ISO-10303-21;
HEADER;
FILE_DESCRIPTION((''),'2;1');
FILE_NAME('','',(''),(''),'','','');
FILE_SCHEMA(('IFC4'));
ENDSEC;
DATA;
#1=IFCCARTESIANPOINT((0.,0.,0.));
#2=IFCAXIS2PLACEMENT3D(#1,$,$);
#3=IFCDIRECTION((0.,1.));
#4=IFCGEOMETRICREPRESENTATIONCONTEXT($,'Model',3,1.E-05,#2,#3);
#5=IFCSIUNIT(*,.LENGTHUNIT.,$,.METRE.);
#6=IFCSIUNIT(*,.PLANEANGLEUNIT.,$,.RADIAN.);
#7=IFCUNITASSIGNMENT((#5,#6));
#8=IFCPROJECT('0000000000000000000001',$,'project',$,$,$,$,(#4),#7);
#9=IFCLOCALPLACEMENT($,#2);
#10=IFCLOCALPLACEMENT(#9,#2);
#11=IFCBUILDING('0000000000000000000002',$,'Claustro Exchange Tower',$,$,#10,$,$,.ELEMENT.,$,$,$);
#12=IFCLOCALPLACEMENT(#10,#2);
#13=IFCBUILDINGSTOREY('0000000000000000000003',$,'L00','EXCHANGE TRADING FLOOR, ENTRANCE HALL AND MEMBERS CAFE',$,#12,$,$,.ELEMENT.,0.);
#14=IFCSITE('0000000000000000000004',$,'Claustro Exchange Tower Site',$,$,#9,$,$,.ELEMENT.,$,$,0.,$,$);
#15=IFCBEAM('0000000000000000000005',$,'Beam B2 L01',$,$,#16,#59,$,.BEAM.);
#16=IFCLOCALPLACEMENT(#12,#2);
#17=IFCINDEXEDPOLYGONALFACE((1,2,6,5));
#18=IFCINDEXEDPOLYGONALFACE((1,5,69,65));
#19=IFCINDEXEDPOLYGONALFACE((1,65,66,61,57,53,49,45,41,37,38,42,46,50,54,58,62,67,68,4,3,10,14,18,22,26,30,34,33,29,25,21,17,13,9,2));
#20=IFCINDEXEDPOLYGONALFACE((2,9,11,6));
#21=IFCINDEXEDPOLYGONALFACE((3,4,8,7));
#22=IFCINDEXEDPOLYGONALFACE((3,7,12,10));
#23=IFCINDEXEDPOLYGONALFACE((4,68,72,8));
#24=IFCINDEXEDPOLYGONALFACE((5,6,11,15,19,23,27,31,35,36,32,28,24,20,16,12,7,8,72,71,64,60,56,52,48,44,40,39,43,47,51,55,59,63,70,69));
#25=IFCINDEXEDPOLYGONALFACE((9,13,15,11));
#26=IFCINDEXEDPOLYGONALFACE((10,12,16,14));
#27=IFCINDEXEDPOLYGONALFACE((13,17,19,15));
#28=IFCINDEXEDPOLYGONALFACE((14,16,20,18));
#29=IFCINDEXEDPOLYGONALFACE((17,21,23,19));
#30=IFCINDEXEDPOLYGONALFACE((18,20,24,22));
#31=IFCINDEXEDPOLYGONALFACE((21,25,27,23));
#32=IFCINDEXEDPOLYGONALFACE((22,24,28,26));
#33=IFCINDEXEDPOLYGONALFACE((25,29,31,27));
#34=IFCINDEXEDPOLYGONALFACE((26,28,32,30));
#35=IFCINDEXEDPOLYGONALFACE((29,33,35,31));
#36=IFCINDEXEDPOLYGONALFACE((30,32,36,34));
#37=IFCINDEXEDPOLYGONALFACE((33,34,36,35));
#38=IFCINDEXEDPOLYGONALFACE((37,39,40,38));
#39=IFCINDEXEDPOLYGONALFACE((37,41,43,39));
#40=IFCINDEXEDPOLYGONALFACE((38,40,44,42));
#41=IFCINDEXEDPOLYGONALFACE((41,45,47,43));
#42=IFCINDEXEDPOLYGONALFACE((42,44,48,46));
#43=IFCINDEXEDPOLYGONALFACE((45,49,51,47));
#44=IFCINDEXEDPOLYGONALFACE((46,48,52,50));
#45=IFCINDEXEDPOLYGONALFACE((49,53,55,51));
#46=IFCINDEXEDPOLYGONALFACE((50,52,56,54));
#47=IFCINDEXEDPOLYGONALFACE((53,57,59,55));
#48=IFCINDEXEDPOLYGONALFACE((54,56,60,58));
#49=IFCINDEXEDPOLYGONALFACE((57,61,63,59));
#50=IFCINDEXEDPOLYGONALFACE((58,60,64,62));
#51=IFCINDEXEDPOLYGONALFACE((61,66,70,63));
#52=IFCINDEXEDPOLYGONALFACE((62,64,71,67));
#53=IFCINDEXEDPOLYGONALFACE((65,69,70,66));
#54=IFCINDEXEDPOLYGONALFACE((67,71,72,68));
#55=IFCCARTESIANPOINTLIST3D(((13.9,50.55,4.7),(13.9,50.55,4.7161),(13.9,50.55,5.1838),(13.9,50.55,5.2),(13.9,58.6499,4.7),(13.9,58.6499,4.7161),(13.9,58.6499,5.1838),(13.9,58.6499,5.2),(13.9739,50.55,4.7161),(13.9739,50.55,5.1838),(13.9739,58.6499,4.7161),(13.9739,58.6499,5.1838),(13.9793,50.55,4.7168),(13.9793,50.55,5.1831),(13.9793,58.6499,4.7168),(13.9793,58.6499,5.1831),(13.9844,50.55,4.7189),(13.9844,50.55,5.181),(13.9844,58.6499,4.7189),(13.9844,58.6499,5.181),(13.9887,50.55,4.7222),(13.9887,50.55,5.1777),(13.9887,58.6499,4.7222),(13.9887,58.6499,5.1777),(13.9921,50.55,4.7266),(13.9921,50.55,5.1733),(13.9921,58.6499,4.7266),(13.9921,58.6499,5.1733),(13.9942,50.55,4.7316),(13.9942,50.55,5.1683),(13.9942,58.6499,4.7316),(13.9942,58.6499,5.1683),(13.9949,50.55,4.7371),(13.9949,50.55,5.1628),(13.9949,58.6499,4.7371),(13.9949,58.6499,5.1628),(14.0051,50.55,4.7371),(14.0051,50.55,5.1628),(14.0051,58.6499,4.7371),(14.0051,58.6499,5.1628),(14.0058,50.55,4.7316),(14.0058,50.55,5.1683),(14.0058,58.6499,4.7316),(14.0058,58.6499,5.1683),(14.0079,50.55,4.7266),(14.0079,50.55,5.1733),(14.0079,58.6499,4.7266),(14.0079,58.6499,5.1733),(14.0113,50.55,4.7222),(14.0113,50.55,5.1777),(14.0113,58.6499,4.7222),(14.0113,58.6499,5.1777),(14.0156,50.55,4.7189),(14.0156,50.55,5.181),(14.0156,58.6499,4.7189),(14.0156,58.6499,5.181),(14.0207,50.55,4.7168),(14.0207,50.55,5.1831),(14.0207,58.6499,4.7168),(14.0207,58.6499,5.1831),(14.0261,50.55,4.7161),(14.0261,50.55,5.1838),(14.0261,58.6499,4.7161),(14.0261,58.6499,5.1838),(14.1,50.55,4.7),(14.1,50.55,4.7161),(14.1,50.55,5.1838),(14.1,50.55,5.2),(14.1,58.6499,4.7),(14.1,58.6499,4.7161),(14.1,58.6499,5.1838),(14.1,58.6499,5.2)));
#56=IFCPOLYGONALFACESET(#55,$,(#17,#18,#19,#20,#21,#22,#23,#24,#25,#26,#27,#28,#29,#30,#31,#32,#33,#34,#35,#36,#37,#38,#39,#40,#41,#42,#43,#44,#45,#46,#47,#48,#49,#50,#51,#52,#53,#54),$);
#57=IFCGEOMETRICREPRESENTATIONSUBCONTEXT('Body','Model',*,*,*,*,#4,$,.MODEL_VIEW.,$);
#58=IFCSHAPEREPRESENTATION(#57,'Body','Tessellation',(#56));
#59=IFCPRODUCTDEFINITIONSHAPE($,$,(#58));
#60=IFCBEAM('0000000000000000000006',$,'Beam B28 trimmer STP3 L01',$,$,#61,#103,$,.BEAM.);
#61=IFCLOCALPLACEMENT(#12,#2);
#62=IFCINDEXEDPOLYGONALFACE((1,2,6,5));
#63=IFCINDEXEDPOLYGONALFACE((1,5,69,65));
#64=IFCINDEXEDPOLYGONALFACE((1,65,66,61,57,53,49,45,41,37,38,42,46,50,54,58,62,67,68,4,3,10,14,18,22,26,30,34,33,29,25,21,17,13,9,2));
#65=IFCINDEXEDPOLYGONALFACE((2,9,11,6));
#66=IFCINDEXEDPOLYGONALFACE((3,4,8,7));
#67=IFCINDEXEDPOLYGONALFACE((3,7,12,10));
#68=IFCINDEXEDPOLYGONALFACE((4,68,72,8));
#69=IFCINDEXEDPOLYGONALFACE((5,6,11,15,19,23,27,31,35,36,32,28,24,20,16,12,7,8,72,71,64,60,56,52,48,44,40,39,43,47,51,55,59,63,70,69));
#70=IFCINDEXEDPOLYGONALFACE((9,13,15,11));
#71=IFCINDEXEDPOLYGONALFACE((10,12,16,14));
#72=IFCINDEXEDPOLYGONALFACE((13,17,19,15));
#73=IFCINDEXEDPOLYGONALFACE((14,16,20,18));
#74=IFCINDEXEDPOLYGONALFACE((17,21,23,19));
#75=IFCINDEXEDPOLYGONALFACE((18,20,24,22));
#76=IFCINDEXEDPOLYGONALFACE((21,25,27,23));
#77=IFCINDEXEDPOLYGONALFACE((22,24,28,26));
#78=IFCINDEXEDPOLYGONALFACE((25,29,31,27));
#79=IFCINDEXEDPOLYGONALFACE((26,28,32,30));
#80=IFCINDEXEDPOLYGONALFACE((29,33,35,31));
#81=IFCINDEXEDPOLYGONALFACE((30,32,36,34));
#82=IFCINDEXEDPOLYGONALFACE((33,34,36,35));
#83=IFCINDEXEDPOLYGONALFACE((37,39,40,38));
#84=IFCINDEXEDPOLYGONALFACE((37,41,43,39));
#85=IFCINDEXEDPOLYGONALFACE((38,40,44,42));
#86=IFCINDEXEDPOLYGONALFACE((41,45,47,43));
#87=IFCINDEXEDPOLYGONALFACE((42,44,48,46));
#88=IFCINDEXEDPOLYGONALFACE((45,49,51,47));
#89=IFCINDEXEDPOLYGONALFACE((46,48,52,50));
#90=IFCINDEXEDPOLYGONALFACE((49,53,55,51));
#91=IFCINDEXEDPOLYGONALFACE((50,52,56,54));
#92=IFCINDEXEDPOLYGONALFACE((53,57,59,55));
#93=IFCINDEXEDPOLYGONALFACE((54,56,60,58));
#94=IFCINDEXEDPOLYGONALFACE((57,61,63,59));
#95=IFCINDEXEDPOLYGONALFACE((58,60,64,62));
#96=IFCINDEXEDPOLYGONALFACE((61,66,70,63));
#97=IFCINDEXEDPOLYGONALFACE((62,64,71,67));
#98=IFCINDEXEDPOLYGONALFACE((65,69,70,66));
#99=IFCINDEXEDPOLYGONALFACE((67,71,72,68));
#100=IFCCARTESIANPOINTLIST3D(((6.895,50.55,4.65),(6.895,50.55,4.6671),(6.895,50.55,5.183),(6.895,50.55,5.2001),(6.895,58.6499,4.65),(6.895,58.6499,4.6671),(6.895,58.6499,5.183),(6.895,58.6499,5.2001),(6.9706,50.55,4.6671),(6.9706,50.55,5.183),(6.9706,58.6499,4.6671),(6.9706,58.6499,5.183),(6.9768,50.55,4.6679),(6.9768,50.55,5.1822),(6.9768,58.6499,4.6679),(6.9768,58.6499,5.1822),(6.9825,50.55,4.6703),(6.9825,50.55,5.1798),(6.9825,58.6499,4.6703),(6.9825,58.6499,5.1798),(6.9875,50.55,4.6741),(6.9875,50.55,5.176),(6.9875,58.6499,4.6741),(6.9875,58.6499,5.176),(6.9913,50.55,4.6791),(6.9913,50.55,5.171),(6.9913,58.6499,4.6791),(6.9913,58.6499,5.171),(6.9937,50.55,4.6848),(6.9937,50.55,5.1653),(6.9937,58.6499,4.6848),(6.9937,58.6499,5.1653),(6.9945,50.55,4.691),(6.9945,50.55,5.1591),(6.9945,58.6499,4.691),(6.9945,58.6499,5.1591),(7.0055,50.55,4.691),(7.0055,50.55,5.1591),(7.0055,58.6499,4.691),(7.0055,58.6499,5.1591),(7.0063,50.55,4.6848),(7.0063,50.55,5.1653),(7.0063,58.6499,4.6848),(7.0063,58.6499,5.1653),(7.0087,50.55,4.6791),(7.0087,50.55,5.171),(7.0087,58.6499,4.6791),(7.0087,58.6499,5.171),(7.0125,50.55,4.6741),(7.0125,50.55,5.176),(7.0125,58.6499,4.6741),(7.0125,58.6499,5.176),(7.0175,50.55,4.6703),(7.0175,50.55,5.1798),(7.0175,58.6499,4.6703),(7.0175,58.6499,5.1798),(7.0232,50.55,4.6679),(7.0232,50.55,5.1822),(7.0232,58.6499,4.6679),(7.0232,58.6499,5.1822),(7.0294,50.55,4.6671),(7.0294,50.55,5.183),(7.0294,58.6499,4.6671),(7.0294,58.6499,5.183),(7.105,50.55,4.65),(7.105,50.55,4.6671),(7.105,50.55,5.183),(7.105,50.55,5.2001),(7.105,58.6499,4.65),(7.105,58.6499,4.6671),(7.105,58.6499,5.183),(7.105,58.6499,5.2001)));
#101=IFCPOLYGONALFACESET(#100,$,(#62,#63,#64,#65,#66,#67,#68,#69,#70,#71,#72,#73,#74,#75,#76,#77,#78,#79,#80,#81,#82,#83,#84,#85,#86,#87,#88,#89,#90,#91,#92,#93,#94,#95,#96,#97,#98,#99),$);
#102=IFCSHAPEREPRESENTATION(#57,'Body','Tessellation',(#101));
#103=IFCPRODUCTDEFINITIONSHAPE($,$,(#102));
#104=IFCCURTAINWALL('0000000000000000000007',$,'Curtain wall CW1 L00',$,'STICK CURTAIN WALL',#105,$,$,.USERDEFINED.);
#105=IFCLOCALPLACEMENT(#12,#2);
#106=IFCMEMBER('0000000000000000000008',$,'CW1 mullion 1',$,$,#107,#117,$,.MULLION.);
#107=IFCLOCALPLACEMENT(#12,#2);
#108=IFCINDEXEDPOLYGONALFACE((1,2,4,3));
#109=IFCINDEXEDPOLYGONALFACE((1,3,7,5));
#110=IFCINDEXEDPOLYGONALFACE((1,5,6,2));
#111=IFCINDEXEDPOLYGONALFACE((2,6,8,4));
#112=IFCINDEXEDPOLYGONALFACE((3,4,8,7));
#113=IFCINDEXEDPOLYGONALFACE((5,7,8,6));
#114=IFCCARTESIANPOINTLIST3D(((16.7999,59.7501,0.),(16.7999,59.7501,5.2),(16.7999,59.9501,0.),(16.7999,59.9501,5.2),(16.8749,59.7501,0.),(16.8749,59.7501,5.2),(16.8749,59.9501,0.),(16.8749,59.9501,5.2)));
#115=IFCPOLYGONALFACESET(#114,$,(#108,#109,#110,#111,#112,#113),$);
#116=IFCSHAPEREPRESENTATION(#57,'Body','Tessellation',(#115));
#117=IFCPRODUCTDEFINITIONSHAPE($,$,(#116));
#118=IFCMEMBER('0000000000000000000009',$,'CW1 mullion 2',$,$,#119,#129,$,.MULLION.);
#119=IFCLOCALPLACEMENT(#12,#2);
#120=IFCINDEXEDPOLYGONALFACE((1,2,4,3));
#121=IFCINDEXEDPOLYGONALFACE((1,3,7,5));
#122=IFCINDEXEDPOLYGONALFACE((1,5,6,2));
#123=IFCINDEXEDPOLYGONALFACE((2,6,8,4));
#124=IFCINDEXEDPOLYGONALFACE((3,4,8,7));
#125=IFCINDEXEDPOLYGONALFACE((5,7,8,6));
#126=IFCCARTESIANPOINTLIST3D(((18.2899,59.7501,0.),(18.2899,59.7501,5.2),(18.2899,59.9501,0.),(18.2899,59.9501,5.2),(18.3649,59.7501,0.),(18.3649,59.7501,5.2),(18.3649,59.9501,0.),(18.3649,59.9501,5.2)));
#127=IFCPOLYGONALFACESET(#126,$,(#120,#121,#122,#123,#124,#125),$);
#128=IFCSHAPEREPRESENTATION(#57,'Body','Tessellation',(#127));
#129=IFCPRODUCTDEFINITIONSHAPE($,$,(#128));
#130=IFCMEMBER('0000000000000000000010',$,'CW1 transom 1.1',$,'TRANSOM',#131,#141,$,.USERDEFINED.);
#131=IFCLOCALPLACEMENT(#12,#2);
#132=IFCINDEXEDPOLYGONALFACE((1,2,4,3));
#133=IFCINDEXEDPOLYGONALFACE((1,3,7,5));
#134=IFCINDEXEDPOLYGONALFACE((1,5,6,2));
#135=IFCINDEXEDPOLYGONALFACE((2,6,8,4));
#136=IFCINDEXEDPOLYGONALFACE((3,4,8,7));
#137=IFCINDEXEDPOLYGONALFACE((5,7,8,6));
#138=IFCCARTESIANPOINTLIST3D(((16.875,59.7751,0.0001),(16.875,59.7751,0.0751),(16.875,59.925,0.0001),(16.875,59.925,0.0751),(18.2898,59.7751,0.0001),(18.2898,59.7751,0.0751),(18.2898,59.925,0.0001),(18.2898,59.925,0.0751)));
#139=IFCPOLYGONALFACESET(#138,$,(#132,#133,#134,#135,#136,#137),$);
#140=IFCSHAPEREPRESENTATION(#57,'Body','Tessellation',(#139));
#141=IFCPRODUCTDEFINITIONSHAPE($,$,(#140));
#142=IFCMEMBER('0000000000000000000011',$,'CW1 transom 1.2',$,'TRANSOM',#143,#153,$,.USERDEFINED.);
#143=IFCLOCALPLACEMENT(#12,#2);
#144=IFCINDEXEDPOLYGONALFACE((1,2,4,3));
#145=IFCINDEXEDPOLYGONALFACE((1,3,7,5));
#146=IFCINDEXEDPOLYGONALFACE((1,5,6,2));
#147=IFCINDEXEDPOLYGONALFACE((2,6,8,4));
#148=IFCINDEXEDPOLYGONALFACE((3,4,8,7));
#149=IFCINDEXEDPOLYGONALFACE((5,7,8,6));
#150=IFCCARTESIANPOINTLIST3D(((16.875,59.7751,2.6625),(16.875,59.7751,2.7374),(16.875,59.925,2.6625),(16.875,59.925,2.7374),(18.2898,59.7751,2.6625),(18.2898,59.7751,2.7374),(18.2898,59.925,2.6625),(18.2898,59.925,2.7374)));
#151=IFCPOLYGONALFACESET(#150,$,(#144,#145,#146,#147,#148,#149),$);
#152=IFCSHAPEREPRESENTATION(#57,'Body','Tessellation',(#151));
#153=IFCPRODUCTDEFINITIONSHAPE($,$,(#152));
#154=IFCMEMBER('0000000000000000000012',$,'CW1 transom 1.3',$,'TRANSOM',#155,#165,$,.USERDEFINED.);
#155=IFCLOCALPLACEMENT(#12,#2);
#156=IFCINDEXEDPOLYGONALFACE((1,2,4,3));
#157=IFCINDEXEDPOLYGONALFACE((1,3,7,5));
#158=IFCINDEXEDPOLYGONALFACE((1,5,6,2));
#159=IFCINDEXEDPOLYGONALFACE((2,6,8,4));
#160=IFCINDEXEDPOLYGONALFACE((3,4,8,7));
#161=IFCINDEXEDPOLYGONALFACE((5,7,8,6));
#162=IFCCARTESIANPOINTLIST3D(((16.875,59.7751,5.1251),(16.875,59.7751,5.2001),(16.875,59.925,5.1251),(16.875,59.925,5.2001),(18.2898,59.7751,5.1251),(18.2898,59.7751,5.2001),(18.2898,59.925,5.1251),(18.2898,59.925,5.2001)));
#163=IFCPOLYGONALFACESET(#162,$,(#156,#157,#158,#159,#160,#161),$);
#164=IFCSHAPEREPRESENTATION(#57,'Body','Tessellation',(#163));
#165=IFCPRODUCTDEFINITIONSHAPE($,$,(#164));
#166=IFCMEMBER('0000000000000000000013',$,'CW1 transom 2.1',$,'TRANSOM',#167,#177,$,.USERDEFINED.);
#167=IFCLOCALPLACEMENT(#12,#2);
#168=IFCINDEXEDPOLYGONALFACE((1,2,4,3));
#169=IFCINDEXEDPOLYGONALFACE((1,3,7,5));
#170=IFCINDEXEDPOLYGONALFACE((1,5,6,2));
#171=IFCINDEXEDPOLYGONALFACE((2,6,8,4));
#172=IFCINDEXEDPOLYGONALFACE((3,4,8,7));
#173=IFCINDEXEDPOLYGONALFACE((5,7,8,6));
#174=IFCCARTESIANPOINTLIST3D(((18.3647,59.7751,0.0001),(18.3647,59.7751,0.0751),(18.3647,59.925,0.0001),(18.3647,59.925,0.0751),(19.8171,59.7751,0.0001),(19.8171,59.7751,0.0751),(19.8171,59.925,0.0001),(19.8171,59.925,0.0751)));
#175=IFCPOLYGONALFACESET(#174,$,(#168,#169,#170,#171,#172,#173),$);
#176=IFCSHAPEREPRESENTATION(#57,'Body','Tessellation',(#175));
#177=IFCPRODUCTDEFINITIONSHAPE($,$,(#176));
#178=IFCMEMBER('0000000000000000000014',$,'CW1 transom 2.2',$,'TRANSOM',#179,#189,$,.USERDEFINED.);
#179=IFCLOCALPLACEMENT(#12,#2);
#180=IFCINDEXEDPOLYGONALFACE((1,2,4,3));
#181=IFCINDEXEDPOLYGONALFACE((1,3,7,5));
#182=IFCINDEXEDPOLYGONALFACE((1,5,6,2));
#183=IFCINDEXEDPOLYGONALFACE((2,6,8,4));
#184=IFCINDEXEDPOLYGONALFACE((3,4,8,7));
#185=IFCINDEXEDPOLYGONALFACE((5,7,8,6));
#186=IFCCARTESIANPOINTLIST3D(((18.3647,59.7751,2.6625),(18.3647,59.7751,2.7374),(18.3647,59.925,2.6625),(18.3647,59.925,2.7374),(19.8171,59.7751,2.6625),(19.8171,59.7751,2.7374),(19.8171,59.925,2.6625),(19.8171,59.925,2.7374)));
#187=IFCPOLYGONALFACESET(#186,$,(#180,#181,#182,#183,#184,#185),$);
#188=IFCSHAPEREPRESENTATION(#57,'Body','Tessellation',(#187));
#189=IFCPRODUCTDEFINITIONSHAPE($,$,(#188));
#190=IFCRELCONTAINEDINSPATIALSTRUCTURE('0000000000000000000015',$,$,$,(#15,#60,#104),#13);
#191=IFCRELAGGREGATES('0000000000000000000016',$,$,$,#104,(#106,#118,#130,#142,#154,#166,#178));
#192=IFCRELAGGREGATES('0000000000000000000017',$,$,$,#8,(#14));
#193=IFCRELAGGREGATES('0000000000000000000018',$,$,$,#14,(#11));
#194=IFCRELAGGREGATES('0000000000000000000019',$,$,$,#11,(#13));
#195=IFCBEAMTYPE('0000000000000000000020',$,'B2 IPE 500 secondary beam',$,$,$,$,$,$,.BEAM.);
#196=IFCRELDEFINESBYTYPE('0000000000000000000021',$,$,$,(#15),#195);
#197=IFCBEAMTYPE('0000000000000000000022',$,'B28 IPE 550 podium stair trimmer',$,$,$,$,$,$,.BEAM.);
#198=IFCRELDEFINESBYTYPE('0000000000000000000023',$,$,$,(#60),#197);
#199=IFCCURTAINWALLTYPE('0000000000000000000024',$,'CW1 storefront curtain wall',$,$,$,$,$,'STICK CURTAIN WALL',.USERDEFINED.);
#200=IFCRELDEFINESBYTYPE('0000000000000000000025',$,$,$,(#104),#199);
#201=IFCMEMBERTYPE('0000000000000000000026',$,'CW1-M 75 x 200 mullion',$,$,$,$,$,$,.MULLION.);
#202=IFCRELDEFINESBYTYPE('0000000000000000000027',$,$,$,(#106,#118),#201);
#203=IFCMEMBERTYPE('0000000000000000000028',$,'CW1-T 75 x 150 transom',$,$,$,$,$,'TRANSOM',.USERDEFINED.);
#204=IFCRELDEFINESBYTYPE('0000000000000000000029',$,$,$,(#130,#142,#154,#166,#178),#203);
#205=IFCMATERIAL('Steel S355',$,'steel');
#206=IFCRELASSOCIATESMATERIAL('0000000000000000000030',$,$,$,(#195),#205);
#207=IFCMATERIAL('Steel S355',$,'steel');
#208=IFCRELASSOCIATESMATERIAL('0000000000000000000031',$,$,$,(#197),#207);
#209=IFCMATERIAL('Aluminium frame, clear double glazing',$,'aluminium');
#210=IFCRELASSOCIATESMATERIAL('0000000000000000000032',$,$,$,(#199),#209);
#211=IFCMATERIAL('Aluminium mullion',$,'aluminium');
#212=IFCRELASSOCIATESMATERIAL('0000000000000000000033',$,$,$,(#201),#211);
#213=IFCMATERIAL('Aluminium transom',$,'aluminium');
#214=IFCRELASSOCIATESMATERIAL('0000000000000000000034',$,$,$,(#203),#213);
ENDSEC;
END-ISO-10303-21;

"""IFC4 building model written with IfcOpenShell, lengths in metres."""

from ifc_helpers import new_model, si_unit, direction, frame, origin, origin_2d, place, context, subcontext, project, spatial, rectangle, i_section, extrude, material, material_profile, profile_set, type_object, element, aggregate, save


model = new_model("IFC4")

# Units and contexts
model_context = context("Model", 3, precision=1e-05, world=origin(), true_north=direction((0.0, 1.0)))
body_context = subcontext(model_context, "Body", "Model", "MODEL_VIEW")
ifc_project = project(units=[si_unit("LENGTHUNIT", "METRE"), si_unit("PLANEANGLEUNIT", "RADIAN")], contexts=[model_context])

# Site, building, storey
site_placement = place(None, origin())
site = spatial("IfcSite", under=ifc_project, at=site_placement, Name="Claustro Exchange Tower Site", CompositionType="ELEMENT", RefElevation=0.0)
building_placement = place(site_placement, origin())
building = spatial("IfcBuilding", under=site, at=building_placement, Name="Claustro Exchange Tower", CompositionType="ELEMENT")
storey_placement = place(building_placement, origin())
storey = spatial("IfcBuildingStorey", under=building, at=storey_placement, Name="L00", Description="EXCHANGE TRADING FLOOR, ENTRANCE HALL AND MEMBERS CAFE", CompositionType="ELEMENT", Elevation=0.0)

# Beams
ifc_material_1 = material(Name="Steel S355", Category="steel")
ifc_material_profile_1 = material_profile(ifc_material_1, i_section(OverallWidth=0.2, OverallDepth=0.5, WebThickness=0.0103, FlangeThickness=0.0161, FilletRadius=0.021, at=origin_2d()), Name="IPE 500")
ifc_profile_set_1 = profile_set([ifc_material_profile_1], Name="Steel S355")
beam_type_1 = type_object("IfcBeamType", Name="B2 IPE 500 secondary beam", PredefinedType="BEAM", material=ifc_profile_set_1)
for number, where, z_axis, x_axis, name in (
    (1, (14.0, 50.55, 4.95), (0.0, 1.0, 0.0), (-1.0, 0.0, 0.0), "Beam B2 L01"),
):
    element("IfcBeam", number, at=place(storey_placement, frame(where, z_axis=z_axis, x_axis=x_axis)), inside=storey, type_object=beam_type_1, Name=name, PredefinedType="BEAM", context=body_context, shape_type="SweptSolid", body=[
        extrude(i_section(OverallWidth=0.2, OverallDepth=0.5, WebThickness=0.0103, FlangeThickness=0.0161, FilletRadius=0.021, at=origin_2d()), origin(), (0.0, 0.0, 1.0), 8.0999),
    ])
ifc_material_2 = material(Name="Steel S355", Category="steel")
ifc_material_profile_2 = material_profile(ifc_material_2, i_section(OverallWidth=0.21, OverallDepth=0.55, WebThickness=0.011, FlangeThickness=0.0171, FilletRadius=0.0239, at=origin_2d()), Name="IPE 550")
ifc_profile_set_2 = profile_set([ifc_material_profile_2], Name="Steel S355")
beam_type_2 = type_object("IfcBeamType", Name="B28 IPE 550 podium stair trimmer", PredefinedType="BEAM", material=ifc_profile_set_2)
beam_1_placement = place(storey_placement, frame((7.0, 50.55, 4.925), z_axis=(0.0, 1.0, 0.0), x_axis=(-1.0, 0.0, 0.0)))
element("IfcBeam", 2, at=beam_1_placement, inside=storey, type_object=beam_type_2, Name="Beam B28 trimmer STP3 L01", PredefinedType="BEAM", context=body_context, shape_type="SweptSolid", body=[
    extrude(i_section(OverallWidth=0.21, OverallDepth=0.55, WebThickness=0.011, FlangeThickness=0.0171, FilletRadius=0.0239, at=origin_2d()), origin(), (0.0, 0.0, 1.0), 8.0999),
])

# Curtain wall, members
ifc_material_3 = material(Name="Aluminium frame, clear double glazing", Category="aluminium")
curtain_wall_type = type_object("IfcCurtainWallType", Name="CW1 storefront curtain wall", ElementType="STICK CURTAIN WALL", PredefinedType="USERDEFINED", material=ifc_material_3)
curtain_wall_placement = place(storey_placement, origin())
curtain_wall = element("IfcCurtainWall", 3, at=curtain_wall_placement, inside=storey, type_object=curtain_wall_type, Name="Curtain wall CW1 L00", ObjectType="STICK CURTAIN WALL", PredefinedType="USERDEFINED")
ifc_material_4 = material(Name="Aluminium mullion", Category="aluminium")
ifc_material_profile_3 = material_profile(ifc_material_4, rectangle(XDim=0.2, YDim=0.075, at=origin_2d()), Name="CW1-M 75x200")
ifc_profile_set_3 = profile_set([ifc_material_profile_3], Name="Aluminium mullion")
member_type_1 = type_object("IfcMemberType", Name="CW1-M 75 x 200 mullion", PredefinedType="MULLION", material=ifc_profile_set_3)
member_1_placement = place(storey_placement, frame((16.8374, 59.8501, 0.0), z_axis=(0.0, 0.0, 1.0), x_axis=(0.0, 1.0, 0.0)))
member_1 = element("IfcMember", 4, at=member_1_placement, type_object=member_type_1, Name="CW1 mullion 1", PredefinedType="MULLION", context=body_context, shape_type="SweptSolid", body=[
    extrude(rectangle(XDim=0.2, YDim=0.075, at=origin_2d()), origin(), (0.0, 0.0, 1.0), 5.2),
])
member_2_placement = place(storey_placement, frame((18.3274, 59.8501, 0.0), z_axis=(0.0, 0.0, 1.0), x_axis=(0.0, 1.0, 0.0)))
member_2 = element("IfcMember", 5, at=member_2_placement, type_object=member_type_1, Name="CW1 mullion 2", PredefinedType="MULLION", context=body_context, shape_type="SweptSolid", body=[
    extrude(rectangle(XDim=0.2, YDim=0.075, at=origin_2d()), origin(), (0.0, 0.0, 1.0), 5.2),
])
ifc_material_5 = material(Name="Aluminium transom", Category="aluminium")
ifc_material_profile_4 = material_profile(ifc_material_5, rectangle(XDim=0.1499, YDim=0.075, at=origin_2d()), Name="CW1-T 75x150")
ifc_profile_set_4 = profile_set([ifc_material_profile_4], Name="Aluminium transom")
member_type_2 = type_object("IfcMemberType", Name="CW1-T 75 x 150 transom", ElementType="TRANSOM", PredefinedType="USERDEFINED", material=ifc_profile_set_4)
member_3_placement = place(storey_placement, frame((16.875, 59.8501, 0.0376), z_axis=(1.0, 0.0, 0.0), x_axis=(0.0, 1.0, 0.0)))
member_3 = element("IfcMember", 6, at=member_3_placement, type_object=member_type_2, Name="CW1 transom 1.1", ObjectType="TRANSOM", PredefinedType="USERDEFINED", context=body_context, shape_type="SweptSolid", body=[
    extrude(rectangle(XDim=0.1499, YDim=0.075, at=origin_2d()), origin(), (0.0, 0.0, 1.0), 1.4148),
])
member_4_placement = place(storey_placement, frame((16.875, 59.8501, 2.7), z_axis=(1.0, 0.0, 0.0), x_axis=(0.0, 1.0, 0.0)))
member_4 = element("IfcMember", 7, at=member_4_placement, type_object=member_type_2, Name="CW1 transom 1.2", ObjectType="TRANSOM", PredefinedType="USERDEFINED", context=body_context, shape_type="SweptSolid", body=[
    extrude(rectangle(XDim=0.1499, YDim=0.075, at=origin_2d()), origin(), (0.0, 0.0, 1.0), 1.4148),
])
member_5_placement = place(storey_placement, frame((16.875, 59.8501, 5.1626), z_axis=(1.0, 0.0, 0.0), x_axis=(0.0, 1.0, 0.0)))
member_5 = element("IfcMember", 8, at=member_5_placement, type_object=member_type_2, Name="CW1 transom 1.3", ObjectType="TRANSOM", PredefinedType="USERDEFINED", context=body_context, shape_type="SweptSolid", body=[
    extrude(rectangle(XDim=0.1499, YDim=0.075, at=origin_2d()), origin(), (0.0, 0.0, 1.0), 1.4148),
])
member_6_placement = place(storey_placement, frame((18.3647, 59.8501, 0.0376), z_axis=(1.0, 0.0, 0.0), x_axis=(0.0, 1.0, 0.0)))
member_6 = element("IfcMember", 9, at=member_6_placement, type_object=member_type_2, Name="CW1 transom 2.1", ObjectType="TRANSOM", PredefinedType="USERDEFINED", context=body_context, shape_type="SweptSolid", body=[
    extrude(rectangle(XDim=0.1499, YDim=0.075, at=origin_2d()), origin(), (0.0, 0.0, 1.0), 1.4524),
])
member_7_placement = place(storey_placement, frame((18.3647, 59.8501, 2.7), z_axis=(1.0, 0.0, 0.0), x_axis=(0.0, 1.0, 0.0)))
member_7 = element("IfcMember", 10, at=member_7_placement, type_object=member_type_2, Name="CW1 transom 2.2", ObjectType="TRANSOM", PredefinedType="USERDEFINED", context=body_context, shape_type="SweptSolid", body=[
    extrude(rectangle(XDim=0.1499, YDim=0.075, at=origin_2d()), origin(), (0.0, 0.0, 1.0), 1.4524),
])
aggregate(curtain_wall, [member_1, member_2, member_3, member_4, member_5, member_6, member_7])

save(model, "model.ifc")
